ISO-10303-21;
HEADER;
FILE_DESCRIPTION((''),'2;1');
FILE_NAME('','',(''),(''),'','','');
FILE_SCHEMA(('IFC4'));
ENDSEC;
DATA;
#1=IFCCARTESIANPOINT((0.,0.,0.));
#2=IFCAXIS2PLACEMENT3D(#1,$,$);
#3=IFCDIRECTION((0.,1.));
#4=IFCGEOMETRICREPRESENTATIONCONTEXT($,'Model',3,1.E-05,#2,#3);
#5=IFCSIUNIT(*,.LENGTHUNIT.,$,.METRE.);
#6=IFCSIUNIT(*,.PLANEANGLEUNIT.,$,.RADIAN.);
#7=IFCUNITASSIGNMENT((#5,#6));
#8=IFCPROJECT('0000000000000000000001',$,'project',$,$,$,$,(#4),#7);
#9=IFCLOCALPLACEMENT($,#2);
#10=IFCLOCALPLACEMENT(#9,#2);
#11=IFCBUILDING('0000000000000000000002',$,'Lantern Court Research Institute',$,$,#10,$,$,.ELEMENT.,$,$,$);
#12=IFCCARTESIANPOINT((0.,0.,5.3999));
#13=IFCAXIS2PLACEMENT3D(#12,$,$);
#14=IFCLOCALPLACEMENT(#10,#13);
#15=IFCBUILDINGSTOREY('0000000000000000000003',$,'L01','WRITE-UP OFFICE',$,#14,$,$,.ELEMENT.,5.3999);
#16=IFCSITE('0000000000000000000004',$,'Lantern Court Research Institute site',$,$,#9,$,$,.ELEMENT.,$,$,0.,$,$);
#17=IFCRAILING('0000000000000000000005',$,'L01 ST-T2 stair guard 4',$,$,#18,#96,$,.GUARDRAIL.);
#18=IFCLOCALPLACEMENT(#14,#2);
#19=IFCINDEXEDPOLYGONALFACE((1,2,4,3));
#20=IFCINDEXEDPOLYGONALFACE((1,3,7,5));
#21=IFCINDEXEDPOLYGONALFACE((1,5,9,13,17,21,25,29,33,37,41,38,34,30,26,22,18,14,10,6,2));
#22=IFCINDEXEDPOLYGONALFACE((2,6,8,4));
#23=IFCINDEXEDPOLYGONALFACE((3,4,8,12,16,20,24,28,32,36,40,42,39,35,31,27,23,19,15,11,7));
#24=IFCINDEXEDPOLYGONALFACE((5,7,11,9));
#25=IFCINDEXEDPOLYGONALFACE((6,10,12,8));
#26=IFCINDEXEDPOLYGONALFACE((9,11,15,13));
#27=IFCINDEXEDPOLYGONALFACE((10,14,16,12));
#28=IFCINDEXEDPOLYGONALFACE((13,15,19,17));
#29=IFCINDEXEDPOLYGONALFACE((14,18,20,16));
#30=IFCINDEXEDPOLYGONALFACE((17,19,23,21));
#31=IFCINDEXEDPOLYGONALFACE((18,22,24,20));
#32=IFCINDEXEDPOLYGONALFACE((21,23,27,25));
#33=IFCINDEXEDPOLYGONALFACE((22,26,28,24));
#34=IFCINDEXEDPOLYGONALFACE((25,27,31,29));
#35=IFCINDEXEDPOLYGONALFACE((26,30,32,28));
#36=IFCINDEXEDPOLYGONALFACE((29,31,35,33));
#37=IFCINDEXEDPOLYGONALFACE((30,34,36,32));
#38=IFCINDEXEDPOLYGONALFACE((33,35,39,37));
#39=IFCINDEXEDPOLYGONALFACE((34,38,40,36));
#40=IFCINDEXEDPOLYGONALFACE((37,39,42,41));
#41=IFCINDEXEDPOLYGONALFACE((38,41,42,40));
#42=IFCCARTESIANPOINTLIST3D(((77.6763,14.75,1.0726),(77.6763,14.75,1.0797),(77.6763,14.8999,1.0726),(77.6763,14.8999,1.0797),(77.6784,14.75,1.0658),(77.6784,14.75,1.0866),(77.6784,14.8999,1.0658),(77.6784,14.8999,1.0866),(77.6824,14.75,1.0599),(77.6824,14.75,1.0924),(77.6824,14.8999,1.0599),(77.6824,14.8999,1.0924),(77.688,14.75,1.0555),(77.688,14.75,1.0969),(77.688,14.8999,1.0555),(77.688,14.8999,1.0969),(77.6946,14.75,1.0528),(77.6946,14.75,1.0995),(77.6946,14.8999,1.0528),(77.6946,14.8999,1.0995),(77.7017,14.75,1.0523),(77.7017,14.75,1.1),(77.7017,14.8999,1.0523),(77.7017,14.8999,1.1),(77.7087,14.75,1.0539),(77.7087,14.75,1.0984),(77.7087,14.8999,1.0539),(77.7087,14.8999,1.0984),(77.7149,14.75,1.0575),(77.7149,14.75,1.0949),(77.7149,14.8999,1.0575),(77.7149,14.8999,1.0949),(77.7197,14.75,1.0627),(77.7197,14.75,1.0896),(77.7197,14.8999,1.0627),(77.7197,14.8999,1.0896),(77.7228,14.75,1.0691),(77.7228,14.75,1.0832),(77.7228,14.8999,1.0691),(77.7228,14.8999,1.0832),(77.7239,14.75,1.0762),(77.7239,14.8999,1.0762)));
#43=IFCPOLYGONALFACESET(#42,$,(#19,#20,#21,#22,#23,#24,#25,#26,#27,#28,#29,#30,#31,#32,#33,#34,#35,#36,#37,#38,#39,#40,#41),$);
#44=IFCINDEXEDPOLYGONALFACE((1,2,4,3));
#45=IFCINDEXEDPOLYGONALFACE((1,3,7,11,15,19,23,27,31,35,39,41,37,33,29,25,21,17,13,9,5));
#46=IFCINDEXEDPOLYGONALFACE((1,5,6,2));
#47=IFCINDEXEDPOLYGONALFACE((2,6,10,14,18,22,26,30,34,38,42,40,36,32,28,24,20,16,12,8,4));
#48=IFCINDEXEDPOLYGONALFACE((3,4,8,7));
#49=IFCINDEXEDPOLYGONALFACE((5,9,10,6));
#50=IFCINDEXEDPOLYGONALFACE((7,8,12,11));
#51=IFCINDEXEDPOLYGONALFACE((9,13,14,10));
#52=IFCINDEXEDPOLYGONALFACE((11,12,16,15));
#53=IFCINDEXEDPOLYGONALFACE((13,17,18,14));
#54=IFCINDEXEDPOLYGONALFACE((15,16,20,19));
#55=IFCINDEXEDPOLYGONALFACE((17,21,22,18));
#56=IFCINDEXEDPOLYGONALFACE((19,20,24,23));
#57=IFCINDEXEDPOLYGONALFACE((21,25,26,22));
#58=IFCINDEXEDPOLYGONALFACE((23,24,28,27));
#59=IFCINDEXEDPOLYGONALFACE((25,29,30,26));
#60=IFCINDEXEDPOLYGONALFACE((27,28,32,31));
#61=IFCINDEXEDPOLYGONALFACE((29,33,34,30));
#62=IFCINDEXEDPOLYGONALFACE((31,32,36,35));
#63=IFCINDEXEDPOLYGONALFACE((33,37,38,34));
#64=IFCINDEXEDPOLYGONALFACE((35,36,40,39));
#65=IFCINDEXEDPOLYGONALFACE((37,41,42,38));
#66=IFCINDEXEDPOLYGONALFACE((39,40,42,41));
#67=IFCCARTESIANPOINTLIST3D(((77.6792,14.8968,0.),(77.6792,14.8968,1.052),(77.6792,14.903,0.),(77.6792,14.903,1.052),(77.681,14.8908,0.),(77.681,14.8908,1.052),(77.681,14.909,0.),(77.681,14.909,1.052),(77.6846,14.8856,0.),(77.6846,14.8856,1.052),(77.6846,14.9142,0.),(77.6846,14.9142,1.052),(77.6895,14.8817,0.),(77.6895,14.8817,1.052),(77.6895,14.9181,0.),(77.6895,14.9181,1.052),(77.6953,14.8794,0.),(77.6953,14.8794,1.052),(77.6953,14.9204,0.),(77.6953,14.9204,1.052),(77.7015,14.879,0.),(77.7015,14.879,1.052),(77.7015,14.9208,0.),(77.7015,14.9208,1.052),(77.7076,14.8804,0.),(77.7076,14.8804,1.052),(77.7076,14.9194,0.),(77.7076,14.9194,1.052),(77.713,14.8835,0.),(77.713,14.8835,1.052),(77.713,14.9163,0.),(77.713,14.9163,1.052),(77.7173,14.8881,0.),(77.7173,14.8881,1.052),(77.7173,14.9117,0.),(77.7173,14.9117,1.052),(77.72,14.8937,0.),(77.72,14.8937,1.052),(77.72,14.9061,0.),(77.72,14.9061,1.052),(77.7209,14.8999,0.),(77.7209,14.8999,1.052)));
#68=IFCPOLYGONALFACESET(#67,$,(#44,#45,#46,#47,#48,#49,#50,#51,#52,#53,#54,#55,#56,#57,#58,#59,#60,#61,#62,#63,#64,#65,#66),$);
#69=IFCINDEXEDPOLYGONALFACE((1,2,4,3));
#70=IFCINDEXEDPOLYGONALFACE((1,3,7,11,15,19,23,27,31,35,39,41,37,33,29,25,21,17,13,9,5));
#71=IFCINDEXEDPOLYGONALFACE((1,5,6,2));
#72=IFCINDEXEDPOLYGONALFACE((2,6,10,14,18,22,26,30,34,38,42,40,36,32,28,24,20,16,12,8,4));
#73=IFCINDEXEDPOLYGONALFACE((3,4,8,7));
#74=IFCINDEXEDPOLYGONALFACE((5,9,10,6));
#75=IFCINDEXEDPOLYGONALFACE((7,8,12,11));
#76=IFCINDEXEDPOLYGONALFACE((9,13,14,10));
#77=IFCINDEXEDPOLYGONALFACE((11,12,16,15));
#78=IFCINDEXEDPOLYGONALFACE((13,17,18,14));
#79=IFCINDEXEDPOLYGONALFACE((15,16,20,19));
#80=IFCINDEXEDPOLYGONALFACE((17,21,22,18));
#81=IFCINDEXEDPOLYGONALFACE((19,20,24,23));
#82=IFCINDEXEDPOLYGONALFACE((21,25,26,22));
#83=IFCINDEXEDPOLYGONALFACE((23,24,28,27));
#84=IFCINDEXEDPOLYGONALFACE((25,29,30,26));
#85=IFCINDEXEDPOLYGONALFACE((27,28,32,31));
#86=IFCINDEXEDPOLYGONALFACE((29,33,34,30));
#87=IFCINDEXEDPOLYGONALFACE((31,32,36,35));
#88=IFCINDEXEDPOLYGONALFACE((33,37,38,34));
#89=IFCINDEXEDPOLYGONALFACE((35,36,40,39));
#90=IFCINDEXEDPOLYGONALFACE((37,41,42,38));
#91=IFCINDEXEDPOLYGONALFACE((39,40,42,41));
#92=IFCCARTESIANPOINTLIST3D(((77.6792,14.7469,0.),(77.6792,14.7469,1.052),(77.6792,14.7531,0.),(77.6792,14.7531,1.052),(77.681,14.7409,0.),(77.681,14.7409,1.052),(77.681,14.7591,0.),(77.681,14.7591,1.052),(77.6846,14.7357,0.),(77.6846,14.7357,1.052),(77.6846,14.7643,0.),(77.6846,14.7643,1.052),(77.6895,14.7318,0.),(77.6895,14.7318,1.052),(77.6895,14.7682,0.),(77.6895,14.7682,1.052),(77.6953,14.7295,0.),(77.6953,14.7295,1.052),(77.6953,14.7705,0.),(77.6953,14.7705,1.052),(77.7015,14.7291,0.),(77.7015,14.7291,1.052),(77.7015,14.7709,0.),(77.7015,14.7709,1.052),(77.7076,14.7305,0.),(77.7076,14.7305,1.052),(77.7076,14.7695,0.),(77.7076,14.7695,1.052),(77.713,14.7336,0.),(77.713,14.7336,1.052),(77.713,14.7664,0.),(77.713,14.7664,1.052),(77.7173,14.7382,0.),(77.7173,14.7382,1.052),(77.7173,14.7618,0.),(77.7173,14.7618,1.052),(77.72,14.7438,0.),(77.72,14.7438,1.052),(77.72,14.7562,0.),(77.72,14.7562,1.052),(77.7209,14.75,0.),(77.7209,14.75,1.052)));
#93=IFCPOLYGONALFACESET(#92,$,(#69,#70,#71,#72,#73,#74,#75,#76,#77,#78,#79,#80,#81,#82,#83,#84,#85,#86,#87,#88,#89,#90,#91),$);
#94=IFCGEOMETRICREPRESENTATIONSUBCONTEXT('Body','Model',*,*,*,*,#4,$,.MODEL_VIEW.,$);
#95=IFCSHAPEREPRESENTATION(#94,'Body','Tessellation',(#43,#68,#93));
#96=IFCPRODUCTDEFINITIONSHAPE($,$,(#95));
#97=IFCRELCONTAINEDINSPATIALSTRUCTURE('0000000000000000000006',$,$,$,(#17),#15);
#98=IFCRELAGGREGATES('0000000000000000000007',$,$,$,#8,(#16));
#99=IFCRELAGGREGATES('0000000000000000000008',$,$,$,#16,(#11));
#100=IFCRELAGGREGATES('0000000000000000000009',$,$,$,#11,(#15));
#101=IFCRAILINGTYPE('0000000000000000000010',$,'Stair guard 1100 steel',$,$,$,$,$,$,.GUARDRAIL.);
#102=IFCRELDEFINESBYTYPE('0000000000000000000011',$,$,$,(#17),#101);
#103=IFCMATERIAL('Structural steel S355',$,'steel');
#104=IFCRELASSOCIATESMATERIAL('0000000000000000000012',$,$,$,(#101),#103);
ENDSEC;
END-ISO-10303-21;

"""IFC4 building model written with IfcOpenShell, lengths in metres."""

from ifc_helpers import new_model, si_unit, direction, frame, origin, origin_2d, place, context, subcontext, project, spatial, circle, extrude, material, type_object, element, save


model = new_model("IFC4")

# Units and contexts
model_context = context("Model", 3, precision=1e-05, world=origin(), true_north=direction((0.0, 1.0)))
body_context = subcontext(model_context, "Body", "Model", "MODEL_VIEW")
ifc_project = project(units=[si_unit("LENGTHUNIT", "METRE"), si_unit("PLANEANGLEUNIT", "RADIAN")], contexts=[model_context])

# Site, building, storey
site_placement = place(None, origin())
site = spatial("IfcSite", under=ifc_project, at=site_placement, Name="Lantern Court Research Institute site", CompositionType="ELEMENT", RefElevation=0.0)
building_placement = place(site_placement, origin())
building = spatial("IfcBuilding", under=site, at=building_placement, Name="Lantern Court Research Institute", CompositionType="ELEMENT")
storey_placement = place(building_placement, frame((0.0, 0.0, 5.3999)))
storey = spatial("IfcBuildingStorey", under=building, at=storey_placement, Name="L01", Description="WRITE-UP OFFICE", CompositionType="ELEMENT", Elevation=5.3999)

# Railing
ifc_material_1 = material(Name="Structural steel S355", Category="steel")
railing_type_1 = type_object("IfcRailingType", Name="Stair guard 1100 steel", PredefinedType="GUARDRAIL", material=ifc_material_1)
railing_1_placement = place(storey_placement, frame((77.7, 14.8999, 0.0)))
element("IfcRailing", 1, at=railing_1_placement, inside=storey, type_object=railing_type_1, Name="L01 ST-T2 stair guard 4", PredefinedType="GUARDRAIL", context=body_context, shape_type="SweptSolid", body=[
    extrude(circle(Radius=0.0239, at=origin_2d()), frame((0.0, 0.0, 1.0762), z_axis=(0.0, -1.0, 0.0), x_axis=(1.0, 0.0, 0.0)), (0.0, 0.0, 1.0), 0.1499),
    extrude(circle(Radius=0.021, at=origin_2d()), origin(), (0.0, 0.0, 1.0), 1.052),
    extrude(circle(Radius=0.021, at=origin_2d()), frame((0.0, -0.1499, 0.0)), (0.0, 0.0, 1.0), 1.052),
])

save(model, "model.ifc")
